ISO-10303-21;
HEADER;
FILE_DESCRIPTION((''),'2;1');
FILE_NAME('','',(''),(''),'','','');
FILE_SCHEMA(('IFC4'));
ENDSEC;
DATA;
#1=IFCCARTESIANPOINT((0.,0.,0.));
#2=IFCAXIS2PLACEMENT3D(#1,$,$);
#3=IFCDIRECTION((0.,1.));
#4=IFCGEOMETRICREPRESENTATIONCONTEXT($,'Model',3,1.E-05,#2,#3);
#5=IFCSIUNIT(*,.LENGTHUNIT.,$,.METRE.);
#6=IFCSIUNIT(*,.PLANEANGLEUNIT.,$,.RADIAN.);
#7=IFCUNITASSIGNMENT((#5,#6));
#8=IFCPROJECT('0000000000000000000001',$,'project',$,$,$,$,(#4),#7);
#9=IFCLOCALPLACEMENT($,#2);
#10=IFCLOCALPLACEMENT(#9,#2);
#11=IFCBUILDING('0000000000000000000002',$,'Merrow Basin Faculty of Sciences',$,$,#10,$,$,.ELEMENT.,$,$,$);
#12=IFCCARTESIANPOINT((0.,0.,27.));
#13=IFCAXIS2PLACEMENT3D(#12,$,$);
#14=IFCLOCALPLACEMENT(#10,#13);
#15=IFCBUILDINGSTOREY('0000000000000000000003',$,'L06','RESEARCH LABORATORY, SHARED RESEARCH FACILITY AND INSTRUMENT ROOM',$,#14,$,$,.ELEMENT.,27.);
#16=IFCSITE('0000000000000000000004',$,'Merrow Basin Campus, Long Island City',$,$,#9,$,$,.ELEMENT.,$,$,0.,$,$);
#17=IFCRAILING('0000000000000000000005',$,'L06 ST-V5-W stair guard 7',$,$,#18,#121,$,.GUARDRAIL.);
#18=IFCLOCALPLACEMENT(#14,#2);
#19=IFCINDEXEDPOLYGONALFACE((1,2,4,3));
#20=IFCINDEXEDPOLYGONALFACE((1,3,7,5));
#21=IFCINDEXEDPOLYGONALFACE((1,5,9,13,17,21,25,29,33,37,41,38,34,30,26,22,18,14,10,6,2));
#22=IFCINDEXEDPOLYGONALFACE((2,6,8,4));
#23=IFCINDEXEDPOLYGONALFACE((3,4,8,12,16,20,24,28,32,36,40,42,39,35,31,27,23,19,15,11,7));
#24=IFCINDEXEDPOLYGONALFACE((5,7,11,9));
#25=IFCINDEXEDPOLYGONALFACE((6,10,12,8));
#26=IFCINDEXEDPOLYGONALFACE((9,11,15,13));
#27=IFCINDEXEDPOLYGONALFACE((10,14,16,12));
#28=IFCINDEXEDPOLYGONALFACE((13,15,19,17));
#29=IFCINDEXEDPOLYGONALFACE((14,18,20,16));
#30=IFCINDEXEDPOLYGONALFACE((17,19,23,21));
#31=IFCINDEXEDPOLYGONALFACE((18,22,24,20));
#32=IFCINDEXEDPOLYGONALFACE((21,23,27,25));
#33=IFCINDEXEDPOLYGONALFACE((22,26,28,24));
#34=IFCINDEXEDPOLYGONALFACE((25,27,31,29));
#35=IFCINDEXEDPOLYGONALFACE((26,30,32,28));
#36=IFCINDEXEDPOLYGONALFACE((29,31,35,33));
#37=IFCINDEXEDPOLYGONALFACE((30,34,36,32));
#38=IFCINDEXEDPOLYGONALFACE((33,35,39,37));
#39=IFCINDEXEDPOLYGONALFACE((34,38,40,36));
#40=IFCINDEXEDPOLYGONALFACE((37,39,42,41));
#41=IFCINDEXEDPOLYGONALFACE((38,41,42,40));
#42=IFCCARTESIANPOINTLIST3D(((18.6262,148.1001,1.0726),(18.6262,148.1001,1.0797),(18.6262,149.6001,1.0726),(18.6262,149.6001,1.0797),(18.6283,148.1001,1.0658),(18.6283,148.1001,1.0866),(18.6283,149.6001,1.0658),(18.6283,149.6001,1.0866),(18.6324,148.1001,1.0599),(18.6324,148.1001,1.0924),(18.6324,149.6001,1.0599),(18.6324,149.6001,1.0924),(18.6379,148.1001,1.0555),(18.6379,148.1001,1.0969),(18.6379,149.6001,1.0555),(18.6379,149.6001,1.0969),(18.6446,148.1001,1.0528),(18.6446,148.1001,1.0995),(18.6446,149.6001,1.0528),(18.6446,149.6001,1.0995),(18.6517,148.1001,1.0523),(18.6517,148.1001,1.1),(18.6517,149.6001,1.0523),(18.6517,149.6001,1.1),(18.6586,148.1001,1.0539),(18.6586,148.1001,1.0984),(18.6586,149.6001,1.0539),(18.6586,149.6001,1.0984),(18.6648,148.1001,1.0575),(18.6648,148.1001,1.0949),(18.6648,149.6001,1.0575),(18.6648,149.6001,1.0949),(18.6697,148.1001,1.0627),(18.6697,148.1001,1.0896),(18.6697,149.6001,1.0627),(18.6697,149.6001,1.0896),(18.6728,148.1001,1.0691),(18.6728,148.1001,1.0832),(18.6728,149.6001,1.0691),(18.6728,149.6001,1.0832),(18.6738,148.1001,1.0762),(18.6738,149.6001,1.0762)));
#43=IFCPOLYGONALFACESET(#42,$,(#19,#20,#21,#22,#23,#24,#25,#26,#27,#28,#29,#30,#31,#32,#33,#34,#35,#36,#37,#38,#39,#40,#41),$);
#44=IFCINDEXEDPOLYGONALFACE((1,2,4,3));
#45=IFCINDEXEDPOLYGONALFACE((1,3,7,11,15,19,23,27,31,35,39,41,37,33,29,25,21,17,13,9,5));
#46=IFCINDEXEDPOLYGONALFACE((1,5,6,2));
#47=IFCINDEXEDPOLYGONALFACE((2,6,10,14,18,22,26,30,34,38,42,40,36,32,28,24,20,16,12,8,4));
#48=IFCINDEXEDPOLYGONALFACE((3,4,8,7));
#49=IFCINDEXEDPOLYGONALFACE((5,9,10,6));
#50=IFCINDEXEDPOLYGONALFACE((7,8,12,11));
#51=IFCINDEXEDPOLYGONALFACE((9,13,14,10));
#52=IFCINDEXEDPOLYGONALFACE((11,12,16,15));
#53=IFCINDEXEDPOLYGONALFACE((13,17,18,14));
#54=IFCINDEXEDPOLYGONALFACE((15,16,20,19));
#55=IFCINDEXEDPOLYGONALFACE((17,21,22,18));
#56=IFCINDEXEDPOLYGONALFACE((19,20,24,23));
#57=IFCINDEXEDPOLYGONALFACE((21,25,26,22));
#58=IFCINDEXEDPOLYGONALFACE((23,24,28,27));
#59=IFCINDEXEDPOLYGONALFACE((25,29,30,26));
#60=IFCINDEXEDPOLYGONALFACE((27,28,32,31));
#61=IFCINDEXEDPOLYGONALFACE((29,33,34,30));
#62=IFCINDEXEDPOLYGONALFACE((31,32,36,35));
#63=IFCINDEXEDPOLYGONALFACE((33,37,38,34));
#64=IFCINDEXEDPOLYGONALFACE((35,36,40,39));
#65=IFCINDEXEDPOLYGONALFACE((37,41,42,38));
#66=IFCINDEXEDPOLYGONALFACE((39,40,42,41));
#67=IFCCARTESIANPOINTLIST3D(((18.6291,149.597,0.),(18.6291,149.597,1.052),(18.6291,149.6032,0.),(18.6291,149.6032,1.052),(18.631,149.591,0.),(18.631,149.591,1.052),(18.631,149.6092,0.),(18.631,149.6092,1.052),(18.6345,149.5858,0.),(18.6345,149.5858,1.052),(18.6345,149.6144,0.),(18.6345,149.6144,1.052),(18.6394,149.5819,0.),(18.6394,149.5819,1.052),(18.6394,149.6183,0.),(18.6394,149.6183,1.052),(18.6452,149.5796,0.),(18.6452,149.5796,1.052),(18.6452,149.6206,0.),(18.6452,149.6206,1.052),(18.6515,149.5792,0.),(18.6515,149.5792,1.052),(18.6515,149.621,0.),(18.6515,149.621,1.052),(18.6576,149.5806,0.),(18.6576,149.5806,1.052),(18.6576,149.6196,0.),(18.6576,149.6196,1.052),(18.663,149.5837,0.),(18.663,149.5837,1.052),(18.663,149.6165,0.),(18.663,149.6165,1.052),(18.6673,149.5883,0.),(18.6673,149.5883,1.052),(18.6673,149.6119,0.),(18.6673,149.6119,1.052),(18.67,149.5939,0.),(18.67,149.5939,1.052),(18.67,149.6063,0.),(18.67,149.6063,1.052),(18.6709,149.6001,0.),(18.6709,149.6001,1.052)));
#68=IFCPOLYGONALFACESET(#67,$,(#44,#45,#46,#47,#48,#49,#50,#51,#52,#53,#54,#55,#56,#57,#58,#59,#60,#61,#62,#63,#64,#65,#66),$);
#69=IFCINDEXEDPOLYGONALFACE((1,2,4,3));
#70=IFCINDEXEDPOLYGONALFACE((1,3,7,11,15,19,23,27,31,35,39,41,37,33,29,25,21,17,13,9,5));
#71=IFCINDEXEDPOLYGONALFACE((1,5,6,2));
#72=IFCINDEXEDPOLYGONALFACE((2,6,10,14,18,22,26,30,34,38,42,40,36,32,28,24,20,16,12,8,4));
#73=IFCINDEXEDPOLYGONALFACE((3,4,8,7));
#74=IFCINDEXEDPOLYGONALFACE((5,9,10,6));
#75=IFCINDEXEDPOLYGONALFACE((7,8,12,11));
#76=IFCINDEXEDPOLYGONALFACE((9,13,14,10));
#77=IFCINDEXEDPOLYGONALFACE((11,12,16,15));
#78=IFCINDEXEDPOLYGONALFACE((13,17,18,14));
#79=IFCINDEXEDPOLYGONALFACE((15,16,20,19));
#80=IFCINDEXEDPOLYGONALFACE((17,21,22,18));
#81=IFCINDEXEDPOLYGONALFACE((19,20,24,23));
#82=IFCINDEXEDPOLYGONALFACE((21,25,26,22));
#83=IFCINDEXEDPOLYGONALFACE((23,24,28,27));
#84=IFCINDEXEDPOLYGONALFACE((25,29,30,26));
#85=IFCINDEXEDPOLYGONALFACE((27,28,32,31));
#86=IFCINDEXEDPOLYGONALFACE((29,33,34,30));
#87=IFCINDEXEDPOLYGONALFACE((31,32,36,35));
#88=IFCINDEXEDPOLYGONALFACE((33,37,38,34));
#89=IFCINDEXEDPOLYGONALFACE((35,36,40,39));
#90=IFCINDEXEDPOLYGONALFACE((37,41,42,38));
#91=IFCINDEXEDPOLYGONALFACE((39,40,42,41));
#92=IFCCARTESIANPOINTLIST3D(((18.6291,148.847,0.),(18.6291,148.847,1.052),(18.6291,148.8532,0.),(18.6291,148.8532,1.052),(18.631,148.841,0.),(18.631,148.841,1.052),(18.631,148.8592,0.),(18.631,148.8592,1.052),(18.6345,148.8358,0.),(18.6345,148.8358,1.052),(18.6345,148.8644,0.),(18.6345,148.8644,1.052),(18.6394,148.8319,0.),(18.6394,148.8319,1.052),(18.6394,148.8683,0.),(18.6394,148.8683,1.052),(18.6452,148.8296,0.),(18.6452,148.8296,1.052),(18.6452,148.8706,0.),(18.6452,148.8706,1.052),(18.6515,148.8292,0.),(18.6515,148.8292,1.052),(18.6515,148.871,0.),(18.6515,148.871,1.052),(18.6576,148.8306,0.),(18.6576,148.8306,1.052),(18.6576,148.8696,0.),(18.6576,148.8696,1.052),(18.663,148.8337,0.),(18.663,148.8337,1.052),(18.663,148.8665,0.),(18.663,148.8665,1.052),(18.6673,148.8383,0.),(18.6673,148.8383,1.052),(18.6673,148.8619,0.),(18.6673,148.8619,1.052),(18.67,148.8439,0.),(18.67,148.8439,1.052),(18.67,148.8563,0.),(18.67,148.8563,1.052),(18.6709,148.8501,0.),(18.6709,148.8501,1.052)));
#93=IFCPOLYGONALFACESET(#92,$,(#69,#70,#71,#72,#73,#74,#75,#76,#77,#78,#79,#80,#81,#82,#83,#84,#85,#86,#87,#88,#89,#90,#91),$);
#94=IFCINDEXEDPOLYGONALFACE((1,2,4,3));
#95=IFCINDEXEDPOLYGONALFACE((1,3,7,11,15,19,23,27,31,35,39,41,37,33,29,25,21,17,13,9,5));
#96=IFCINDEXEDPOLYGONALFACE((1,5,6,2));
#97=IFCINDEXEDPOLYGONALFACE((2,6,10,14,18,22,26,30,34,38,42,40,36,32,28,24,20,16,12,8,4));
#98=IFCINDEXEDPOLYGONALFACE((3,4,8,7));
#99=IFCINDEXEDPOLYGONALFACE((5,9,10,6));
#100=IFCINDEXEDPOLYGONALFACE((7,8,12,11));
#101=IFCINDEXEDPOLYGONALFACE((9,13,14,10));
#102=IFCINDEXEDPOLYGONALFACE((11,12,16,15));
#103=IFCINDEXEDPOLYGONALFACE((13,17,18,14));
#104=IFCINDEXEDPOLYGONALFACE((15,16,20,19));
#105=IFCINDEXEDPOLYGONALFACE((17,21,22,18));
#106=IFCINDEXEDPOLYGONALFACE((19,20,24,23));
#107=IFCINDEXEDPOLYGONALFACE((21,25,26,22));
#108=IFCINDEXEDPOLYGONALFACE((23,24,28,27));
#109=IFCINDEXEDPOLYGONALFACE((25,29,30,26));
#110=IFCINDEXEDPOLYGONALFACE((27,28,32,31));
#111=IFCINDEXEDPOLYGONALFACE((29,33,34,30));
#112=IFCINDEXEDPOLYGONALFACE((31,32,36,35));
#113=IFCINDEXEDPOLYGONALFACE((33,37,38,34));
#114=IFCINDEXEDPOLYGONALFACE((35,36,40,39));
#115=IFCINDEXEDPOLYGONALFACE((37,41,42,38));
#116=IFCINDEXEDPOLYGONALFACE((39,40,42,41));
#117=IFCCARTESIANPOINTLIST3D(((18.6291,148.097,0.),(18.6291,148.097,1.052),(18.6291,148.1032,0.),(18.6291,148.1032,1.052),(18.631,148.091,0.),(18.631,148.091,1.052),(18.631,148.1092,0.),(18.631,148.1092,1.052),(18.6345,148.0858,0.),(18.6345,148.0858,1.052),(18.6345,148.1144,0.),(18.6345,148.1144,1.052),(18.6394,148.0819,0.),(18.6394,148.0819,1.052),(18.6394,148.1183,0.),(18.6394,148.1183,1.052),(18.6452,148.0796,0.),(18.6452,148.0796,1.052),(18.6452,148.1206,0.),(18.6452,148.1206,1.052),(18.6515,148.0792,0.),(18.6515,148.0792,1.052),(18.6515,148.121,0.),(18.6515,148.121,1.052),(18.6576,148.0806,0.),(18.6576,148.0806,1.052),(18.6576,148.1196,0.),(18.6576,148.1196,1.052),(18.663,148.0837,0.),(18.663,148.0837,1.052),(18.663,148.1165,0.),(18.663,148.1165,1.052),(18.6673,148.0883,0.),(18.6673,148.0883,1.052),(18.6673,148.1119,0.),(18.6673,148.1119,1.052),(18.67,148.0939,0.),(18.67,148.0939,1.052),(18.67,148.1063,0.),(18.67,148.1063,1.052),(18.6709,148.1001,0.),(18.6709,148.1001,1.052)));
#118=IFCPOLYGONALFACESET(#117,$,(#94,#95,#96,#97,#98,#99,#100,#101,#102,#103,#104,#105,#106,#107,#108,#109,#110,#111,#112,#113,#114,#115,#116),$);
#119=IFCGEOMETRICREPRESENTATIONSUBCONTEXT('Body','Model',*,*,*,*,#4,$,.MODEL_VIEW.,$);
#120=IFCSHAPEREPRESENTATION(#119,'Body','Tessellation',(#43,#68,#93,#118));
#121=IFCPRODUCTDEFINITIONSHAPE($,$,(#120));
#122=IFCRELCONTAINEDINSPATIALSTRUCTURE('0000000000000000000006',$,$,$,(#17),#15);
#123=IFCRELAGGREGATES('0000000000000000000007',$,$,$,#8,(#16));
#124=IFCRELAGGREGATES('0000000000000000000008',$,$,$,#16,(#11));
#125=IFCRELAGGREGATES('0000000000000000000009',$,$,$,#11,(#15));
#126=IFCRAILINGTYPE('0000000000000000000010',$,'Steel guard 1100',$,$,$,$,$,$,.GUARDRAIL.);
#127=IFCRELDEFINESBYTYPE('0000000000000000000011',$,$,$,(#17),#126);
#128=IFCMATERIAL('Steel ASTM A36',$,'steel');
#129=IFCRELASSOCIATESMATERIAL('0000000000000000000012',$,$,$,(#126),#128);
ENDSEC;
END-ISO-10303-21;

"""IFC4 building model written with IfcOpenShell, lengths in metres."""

from ifc_helpers import new_model, si_unit, direction, frame, origin, origin_2d, place, context, subcontext, project, spatial, circle, extrude, material, type_object, element, save


model = new_model("IFC4")

# Units and contexts
model_context = context("Model", 3, precision=1e-05, world=origin(), true_north=direction((0.0, 1.0)))
body_context = subcontext(model_context, "Body", "Model", "MODEL_VIEW")
ifc_project = project(units=[si_unit("LENGTHUNIT", "METRE"), si_unit("PLANEANGLEUNIT", "RADIAN")], contexts=[model_context])

# Site, building, storey
site_placement = place(None, origin())
site = spatial("IfcSite", under=ifc_project, at=site_placement, Name="Merrow Basin Campus, Long Island City", CompositionType="ELEMENT", RefElevation=0.0)
building_placement = place(site_placement, origin())
building = spatial("IfcBuilding", under=site, at=building_placement, Name="Merrow Basin Faculty of Sciences", CompositionType="ELEMENT")
storey_placement = place(building_placement, frame((0.0, 0.0, 27.0)))
storey = spatial("IfcBuildingStorey", under=building, at=storey_placement, Name="L06", Description="RESEARCH LABORATORY, SHARED RESEARCH FACILITY AND INSTRUMENT ROOM", CompositionType="ELEMENT", Elevation=27.0)

# Railing
ifc_material_1 = material(Name="Steel ASTM A36", Category="steel")
railing_type_1 = type_object("IfcRailingType", Name="Steel guard 1100", PredefinedType="GUARDRAIL", material=ifc_material_1)
railing_1_placement = place(storey_placement, frame((18.6499, 149.6001, 0.0)))
element("IfcRailing", 1, at=railing_1_placement, inside=storey, type_object=railing_type_1, Name="L06 ST-V5-W stair guard 7", PredefinedType="GUARDRAIL", context=body_context, shape_type="SweptSolid", body=[
    extrude(circle(Radius=0.0239, at=origin_2d()), frame((0.0, 0.0, 1.0762), z_axis=(0.0, -1.0, 0.0), x_axis=(1.0, 0.0, 0.0)), (0.0, 0.0, 1.0), 1.5),
    extrude(circle(Radius=0.021, at=origin_2d()), origin(), (0.0, 0.0, 1.0), 1.052),
    extrude(circle(Radius=0.021, at=origin_2d()), frame((0.0, -0.75, 0.0)), (0.0, 0.0, 1.0), 1.052),
    extrude(circle(Radius=0.021, at=origin_2d()), frame((0.0, -1.5, 0.0)), (0.0, 0.0, 1.0), 1.052),
])

save(model, "model.ifc")
